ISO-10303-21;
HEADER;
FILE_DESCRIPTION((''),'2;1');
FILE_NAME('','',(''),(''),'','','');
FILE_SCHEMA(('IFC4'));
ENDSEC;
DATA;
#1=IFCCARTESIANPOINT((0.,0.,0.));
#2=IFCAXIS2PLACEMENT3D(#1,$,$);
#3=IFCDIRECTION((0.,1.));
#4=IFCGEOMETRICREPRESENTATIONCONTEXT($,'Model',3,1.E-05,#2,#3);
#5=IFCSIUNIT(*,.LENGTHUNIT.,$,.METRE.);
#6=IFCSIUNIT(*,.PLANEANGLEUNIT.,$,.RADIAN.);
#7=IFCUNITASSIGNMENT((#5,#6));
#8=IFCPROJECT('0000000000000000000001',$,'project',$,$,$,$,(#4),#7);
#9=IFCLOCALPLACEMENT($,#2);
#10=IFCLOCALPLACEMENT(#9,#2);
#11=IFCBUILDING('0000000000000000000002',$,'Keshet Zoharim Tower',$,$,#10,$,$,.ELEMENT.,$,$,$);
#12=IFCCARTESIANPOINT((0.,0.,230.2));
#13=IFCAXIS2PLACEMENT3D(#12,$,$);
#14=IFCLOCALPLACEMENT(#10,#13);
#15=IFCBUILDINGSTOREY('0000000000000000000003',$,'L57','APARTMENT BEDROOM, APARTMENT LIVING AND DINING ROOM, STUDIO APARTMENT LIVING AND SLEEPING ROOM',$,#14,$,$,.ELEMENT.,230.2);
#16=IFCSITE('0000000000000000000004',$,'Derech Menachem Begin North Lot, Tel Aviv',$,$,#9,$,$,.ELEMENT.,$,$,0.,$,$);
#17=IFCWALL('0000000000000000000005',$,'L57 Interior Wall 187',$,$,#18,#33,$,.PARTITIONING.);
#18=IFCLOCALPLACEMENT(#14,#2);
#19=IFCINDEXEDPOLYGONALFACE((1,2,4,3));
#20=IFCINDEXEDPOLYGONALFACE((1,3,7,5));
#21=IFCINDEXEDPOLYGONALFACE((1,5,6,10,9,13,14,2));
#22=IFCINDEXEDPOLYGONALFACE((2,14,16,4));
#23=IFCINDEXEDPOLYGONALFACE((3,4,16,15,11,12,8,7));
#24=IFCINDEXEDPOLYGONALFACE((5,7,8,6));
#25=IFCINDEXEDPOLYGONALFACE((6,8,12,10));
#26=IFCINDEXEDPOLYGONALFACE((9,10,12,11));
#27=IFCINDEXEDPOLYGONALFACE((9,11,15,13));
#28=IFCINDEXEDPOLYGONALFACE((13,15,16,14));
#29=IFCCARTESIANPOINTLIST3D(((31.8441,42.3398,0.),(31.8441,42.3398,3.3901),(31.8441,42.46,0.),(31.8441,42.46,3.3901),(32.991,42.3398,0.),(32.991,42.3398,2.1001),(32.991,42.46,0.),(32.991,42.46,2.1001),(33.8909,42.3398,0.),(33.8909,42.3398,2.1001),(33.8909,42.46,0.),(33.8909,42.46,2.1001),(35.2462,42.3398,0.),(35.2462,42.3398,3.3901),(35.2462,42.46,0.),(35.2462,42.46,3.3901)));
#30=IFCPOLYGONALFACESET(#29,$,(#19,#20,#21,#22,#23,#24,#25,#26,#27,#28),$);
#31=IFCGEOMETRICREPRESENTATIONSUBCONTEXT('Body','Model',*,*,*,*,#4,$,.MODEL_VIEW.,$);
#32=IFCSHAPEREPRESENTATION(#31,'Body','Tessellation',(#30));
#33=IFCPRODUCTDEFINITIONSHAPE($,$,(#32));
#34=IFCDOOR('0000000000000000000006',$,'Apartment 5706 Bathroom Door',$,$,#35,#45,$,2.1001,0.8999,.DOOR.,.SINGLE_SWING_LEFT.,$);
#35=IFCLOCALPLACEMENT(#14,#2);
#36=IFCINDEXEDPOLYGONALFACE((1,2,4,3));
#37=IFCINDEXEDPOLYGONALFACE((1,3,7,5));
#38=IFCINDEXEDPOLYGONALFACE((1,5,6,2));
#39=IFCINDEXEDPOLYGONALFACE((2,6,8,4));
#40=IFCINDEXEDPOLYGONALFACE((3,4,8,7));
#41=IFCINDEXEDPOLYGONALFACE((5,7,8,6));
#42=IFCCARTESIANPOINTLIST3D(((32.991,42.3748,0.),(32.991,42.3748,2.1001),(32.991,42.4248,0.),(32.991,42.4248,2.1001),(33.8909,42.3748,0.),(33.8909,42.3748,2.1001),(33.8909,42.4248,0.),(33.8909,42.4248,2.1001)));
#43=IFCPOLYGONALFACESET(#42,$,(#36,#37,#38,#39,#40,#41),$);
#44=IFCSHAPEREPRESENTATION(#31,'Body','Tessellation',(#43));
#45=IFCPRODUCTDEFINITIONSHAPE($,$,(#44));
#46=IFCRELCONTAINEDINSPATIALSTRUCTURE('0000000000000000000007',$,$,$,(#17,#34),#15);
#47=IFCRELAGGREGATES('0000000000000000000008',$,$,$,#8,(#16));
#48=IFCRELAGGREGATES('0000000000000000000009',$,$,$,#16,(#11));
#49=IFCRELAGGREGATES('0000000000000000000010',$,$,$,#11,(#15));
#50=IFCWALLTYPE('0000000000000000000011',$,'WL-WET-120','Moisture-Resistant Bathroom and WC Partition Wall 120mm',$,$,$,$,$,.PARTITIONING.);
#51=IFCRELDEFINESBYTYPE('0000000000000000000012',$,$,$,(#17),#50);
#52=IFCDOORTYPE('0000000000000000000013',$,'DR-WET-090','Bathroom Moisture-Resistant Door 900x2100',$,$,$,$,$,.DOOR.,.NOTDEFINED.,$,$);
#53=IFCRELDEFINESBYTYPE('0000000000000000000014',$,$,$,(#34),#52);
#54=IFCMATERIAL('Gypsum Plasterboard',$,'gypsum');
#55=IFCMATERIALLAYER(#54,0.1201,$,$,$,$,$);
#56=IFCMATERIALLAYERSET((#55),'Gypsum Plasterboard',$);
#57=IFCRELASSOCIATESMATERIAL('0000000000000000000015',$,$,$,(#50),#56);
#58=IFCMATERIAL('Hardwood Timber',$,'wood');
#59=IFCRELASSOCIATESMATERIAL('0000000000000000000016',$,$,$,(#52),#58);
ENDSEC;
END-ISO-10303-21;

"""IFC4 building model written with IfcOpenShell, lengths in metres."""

from ifc_helpers import new_model, si_unit, direction, frame, frame_2d, origin, place, context, subcontext, project, spatial, rectangle, extrude, material, layer, layer_set, type_object, element, fill, save


model = new_model("IFC4")

# Units and contexts
model_context = context("Model", 3, precision=1e-05, world=origin(), true_north=direction((0.0, 1.0)))
body_context = subcontext(model_context, "Body", "Model", "MODEL_VIEW")
ifc_project = project(units=[si_unit("LENGTHUNIT", "METRE"), si_unit("PLANEANGLEUNIT", "RADIAN")], contexts=[model_context])

# Site, building, storey
site_placement = place(None, origin())
site = spatial("IfcSite", under=ifc_project, at=site_placement, Name="Derech Menachem Begin North Lot, Tel Aviv", CompositionType="ELEMENT", RefElevation=0.0)
building_placement = place(site_placement, origin())
building = spatial("IfcBuilding", under=site, at=building_placement, Name="Keshet Zoharim Tower", CompositionType="ELEMENT")
storey_placement = place(building_placement, frame((0.0, 0.0, 230.2)))
storey = spatial("IfcBuildingStorey", under=building, at=storey_placement, Name="L57", Description="APARTMENT BEDROOM, APARTMENT LIVING AND DINING ROOM, STUDIO APARTMENT LIVING AND SLEEPING ROOM", CompositionType="ELEMENT", Elevation=230.2)

# Shared definitions
ifc_material_1 = material(Name="Gypsum Plasterboard", Category="gypsum")

# Shared definitions
ifc_material_2 = material(Name="Hardwood Timber", Category="wood")

# Shared definitions
ifc_layer_1 = layer(ifc_material_1, 0.1201)
ifc_layer_set_1 = layer_set([ifc_layer_1], Name="Gypsum Plasterboard")
wall_type_1 = type_object("IfcWallType", Name="WL-WET-120", Description="Moisture-Resistant Bathroom and WC Partition Wall 120mm", PredefinedType="PARTITIONING", material=ifc_layer_set_1)

# Wall, opening, door
wall_1_placement = place(storey_placement, frame((31.844, 42.3999, 0.0), z_axis=(0.0, 0.0, 1.0), x_axis=(1.0, 0.0, 0.0)))
wall_1 = element("IfcWall", 1, at=wall_1_placement, inside=storey, type_object=wall_type_1, Name="L57 Interior Wall 187", PredefinedType="PARTITIONING", context=body_context, shape_type="SweptSolid", body=[
    extrude(rectangle(XDim=3.4021, YDim=0.1201, at=frame_2d((1.7012, 0.0))), origin(), (0.0, 0.0, 1.0), 3.3901),
])
opening_1_placement = place(wall_1_placement, frame((1.147, 0.0, 0.0)))
opening_1 = element("IfcOpeningElement", 2, at=opening_1_placement, cuts=wall_1, PredefinedType="OPENING", context=body_context, shape_type="SweptSolid", body=[
    extrude(rectangle(XDim=0.8999, YDim=2.1001, at=frame_2d((0.45, 1.05))), frame((0.0, 0.0701, 0.0), z_axis=(0.0, -1.0, 0.0), x_axis=(1.0, 0.0, 0.0)), (0.0, 0.0, 1.0), 0.1401),
])
door_type_1 = type_object("IfcDoorType", Name="DR-WET-090", Description="Bathroom Moisture-Resistant Door 900x2100", OperationType="NOTDEFINED", PredefinedType="DOOR", material=ifc_material_2)
door_1_placement = place(opening_1_placement, origin())
door_1 = element("IfcDoor", 3, at=door_1_placement, inside=storey, type_object=door_type_1, Name="Apartment 5706 Bathroom Door", OperationType="SINGLE_SWING_LEFT", OverallHeight=2.1001, OverallWidth=0.8999, PredefinedType="DOOR", context=body_context, shape_type="SweptSolid", body=[
    extrude(rectangle(XDim=0.8999, YDim=2.1001, at=frame_2d((0.45, 1.05))), frame((0.0, 0.0249, 0.0), z_axis=(0.0, -1.0, 0.0), x_axis=(1.0, 0.0, 0.0)), (0.0, 0.0, 1.0), 0.05),
])
fill(opening_1, door_1)

save(model, "model.ifc")
